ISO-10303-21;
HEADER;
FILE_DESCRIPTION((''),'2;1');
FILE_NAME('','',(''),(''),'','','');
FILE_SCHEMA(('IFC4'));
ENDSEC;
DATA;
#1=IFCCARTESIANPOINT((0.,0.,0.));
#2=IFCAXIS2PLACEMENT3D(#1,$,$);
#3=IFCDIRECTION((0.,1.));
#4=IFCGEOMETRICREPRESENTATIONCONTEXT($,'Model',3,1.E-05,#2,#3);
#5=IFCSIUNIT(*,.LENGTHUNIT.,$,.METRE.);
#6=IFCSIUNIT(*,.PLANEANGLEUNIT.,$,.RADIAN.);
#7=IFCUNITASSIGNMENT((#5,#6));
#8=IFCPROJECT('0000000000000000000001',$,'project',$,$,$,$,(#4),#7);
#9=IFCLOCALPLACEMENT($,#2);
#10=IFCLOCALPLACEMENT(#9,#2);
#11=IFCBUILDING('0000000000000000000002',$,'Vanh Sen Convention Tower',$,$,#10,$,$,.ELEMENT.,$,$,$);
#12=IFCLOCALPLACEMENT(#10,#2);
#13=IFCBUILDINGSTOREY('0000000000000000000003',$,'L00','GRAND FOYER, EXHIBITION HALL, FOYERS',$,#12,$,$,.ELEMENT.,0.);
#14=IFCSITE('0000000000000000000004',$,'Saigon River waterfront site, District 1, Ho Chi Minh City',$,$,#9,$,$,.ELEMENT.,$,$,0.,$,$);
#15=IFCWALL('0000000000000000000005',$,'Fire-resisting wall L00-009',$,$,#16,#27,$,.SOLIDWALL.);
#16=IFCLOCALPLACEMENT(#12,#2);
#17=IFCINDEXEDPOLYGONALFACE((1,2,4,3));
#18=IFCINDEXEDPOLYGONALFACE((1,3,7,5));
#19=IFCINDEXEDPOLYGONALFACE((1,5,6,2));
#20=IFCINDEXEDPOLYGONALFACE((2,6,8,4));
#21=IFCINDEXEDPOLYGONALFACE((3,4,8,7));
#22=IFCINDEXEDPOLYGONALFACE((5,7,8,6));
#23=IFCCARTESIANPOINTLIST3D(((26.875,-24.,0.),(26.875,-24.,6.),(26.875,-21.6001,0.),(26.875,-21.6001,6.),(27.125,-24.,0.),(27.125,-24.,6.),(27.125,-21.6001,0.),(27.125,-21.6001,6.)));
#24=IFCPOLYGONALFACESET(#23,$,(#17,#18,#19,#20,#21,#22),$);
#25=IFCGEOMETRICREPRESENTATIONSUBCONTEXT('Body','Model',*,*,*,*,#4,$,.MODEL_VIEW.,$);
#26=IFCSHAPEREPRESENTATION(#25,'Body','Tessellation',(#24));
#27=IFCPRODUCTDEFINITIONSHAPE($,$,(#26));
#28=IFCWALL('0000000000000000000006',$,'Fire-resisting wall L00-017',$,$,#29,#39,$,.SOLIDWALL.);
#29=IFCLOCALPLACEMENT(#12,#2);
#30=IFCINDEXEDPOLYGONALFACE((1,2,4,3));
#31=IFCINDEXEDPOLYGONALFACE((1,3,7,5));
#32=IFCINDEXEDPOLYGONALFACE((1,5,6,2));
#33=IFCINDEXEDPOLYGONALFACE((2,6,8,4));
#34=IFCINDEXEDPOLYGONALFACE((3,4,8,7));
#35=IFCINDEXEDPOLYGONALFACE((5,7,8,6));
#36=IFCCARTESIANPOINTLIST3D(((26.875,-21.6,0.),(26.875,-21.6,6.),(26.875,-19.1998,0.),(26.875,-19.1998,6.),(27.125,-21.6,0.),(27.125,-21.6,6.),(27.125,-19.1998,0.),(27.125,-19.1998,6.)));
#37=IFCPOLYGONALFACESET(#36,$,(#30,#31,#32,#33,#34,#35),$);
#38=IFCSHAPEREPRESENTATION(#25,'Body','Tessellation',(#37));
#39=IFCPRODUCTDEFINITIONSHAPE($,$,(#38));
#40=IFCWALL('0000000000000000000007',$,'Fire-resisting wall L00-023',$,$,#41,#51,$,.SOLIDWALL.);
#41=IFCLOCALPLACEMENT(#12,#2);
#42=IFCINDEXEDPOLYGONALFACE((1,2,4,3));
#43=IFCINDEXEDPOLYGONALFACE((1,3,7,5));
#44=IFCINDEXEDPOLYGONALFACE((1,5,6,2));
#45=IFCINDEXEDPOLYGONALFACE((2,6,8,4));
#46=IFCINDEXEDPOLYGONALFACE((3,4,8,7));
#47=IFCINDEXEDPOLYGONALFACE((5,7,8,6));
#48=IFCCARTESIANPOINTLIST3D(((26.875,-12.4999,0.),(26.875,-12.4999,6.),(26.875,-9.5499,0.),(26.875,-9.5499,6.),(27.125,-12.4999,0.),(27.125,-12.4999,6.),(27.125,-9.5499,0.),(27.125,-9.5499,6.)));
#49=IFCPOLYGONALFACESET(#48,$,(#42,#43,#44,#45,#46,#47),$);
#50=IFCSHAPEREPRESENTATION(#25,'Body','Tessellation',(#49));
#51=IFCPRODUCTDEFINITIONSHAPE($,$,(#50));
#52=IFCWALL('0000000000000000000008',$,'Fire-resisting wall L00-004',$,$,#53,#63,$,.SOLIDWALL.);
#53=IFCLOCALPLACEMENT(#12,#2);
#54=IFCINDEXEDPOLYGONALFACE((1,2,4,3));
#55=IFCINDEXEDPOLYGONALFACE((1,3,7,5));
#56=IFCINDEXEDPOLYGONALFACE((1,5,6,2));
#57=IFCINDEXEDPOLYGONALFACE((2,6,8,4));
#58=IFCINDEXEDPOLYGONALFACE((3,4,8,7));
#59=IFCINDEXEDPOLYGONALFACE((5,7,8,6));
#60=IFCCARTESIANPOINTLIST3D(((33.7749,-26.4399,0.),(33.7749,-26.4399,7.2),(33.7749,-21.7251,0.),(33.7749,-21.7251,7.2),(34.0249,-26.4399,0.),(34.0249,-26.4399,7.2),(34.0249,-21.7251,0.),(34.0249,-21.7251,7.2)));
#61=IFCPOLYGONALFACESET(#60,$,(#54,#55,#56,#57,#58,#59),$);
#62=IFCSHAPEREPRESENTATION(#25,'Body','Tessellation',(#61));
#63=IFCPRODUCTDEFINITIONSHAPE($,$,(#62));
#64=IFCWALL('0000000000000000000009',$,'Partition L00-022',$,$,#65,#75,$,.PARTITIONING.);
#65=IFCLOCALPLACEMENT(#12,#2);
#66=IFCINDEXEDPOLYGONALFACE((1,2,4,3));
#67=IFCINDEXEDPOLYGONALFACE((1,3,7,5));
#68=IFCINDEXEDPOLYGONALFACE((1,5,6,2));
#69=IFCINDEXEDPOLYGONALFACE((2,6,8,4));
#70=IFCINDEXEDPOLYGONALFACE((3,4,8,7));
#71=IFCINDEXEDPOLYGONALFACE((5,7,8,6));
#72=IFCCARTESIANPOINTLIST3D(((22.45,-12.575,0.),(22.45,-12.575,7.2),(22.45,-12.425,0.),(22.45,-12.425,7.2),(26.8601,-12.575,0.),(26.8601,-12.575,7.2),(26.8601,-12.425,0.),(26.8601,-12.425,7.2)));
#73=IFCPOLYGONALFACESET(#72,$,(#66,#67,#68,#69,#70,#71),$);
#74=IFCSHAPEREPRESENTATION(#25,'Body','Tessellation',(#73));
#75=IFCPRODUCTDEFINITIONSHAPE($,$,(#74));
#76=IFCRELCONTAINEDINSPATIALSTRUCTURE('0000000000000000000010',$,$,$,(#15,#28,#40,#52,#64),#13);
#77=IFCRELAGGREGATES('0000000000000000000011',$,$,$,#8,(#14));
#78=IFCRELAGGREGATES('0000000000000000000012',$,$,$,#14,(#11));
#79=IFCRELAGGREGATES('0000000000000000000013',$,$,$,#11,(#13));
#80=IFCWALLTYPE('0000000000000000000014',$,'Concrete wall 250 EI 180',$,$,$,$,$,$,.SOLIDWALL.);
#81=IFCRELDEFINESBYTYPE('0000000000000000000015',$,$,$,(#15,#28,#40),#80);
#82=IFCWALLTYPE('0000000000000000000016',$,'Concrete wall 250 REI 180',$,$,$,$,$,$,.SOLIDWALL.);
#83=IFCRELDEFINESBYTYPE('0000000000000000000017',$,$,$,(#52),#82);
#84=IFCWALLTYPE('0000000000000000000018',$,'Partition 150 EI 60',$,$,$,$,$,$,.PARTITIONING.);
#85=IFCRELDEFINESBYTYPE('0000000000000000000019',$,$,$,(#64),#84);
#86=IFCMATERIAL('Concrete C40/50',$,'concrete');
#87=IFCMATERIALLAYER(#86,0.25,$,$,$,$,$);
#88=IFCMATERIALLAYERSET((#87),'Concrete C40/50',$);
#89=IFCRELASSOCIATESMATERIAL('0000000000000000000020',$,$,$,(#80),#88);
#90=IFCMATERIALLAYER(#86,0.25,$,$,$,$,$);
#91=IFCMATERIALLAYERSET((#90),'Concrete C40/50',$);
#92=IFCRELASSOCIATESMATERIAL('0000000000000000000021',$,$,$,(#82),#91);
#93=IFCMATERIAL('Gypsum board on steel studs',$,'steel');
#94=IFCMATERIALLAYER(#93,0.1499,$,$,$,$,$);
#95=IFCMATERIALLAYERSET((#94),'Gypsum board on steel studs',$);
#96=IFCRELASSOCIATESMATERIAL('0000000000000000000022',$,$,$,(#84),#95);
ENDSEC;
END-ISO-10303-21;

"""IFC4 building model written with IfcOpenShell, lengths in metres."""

from ifc_helpers import new_model, si_unit, direction, frame, frame_2d, origin, place, context, subcontext, project, spatial, rectangle, extrude, material, layer, layer_set, type_object, element, save


model = new_model("IFC4")

# Units and contexts
model_context = context("Model", 3, precision=1e-05, world=origin(), true_north=direction((0.0, 1.0)))
body_context = subcontext(model_context, "Body", "Model", "MODEL_VIEW")
ifc_project = project(units=[si_unit("LENGTHUNIT", "METRE"), si_unit("PLANEANGLEUNIT", "RADIAN")], contexts=[model_context])

# Site, building, storey
site_placement = place(None, origin())
site = spatial("IfcSite", under=ifc_project, at=site_placement, Name="Saigon River waterfront site, District 1, Ho Chi Minh City", CompositionType="ELEMENT", RefElevation=0.0)
building_placement = place(site_placement, origin())
building = spatial("IfcBuilding", under=site, at=building_placement, Name="Vanh Sen Convention Tower", CompositionType="ELEMENT")
storey_placement = place(building_placement, origin())
storey = spatial("IfcBuildingStorey", under=building, at=storey_placement, Name="L00", Description="GRAND FOYER, EXHIBITION HALL, FOYERS", CompositionType="ELEMENT", Elevation=0.0)

# Shared definitions
ifc_material_1 = material(Name="Concrete C40/50", Category="concrete")

# Walls
ifc_layer_1 = layer(ifc_material_1, 0.25)
ifc_layer_set_1 = layer_set([ifc_layer_1], Name="Concrete C40/50")
wall_type_1 = type_object("IfcWallType", Name="Concrete wall 250 EI 180", PredefinedType="SOLIDWALL", material=ifc_layer_set_1)
wall_1_placement = place(storey_placement, frame((27.0, -24.0, 0.0), z_axis=(0.0, 0.0, 1.0), x_axis=(0.0, 1.0, 0.0)))
element("IfcWall", 1, at=wall_1_placement, inside=storey, type_object=wall_type_1, Name="Fire-resisting wall L00-009", PredefinedType="SOLIDWALL", context=body_context, shape_type="SweptSolid", body=[
    extrude(rectangle(XDim=2.3999, YDim=0.25, at=frame_2d((1.2, 0.0))), origin(), (0.0, 0.0, 1.0), 6.0),
])
wall_2_placement = place(storey_placement, frame((27.0, -21.6001, 0.0), z_axis=(0.0, 0.0, 1.0), x_axis=(0.0, 1.0, 0.0)))
element("IfcWall", 2, at=wall_2_placement, inside=storey, type_object=wall_type_1, Name="Fire-resisting wall L00-017", PredefinedType="SOLIDWALL", context=body_context, shape_type="SweptSolid", body=[
    extrude(rectangle(XDim=2.4001, YDim=0.25, at=frame_2d((1.2002, 0.0))), origin(), (0.0, 0.0, 1.0), 6.0),
])

# Walls
wall_3_placement = place(storey_placement, frame((27.0, -12.5, 0.0), z_axis=(0.0, 0.0, 1.0), x_axis=(0.0, 1.0, 0.0)))
element("IfcWall", 3, at=wall_3_placement, inside=storey, type_object=wall_type_1, Name="Fire-resisting wall L00-023", PredefinedType="SOLIDWALL", context=body_context, shape_type="SweptSolid", body=[
    extrude(rectangle(XDim=2.95, YDim=0.25, at=frame_2d((1.4751, 0.0))), origin(), (0.0, 0.0, 1.0), 6.0),
])
ifc_layer_2 = layer(ifc_material_1, 0.25)
ifc_layer_set_2 = layer_set([ifc_layer_2], Name="Concrete C40/50")
wall_type_2 = type_object("IfcWallType", Name="Concrete wall 250 REI 180", PredefinedType="SOLIDWALL", material=ifc_layer_set_2)
wall_4_placement = place(storey_placement, frame((33.8999, -26.4399, 0.0), z_axis=(0.0, 0.0, 1.0), x_axis=(0.0, 1.0, 0.0)))
element("IfcWall", 4, at=wall_4_placement, inside=storey, type_object=wall_type_2, Name="Fire-resisting wall L00-004", PredefinedType="SOLIDWALL", context=body_context, shape_type="SweptSolid", body=[
    extrude(rectangle(XDim=4.7148, YDim=0.25, at=frame_2d((2.3574, 0.0))), origin(), (0.0, 0.0, 1.0), 7.2),
])
ifc_material_2 = material(Name="Gypsum board on steel studs", Category="steel")
ifc_layer_3 = layer(ifc_material_2, 0.1499)
ifc_layer_set_3 = layer_set([ifc_layer_3], Name="Gypsum board on steel studs")
wall_type_3 = type_object("IfcWallType", Name="Partition 150 EI 60", PredefinedType="PARTITIONING", material=ifc_layer_set_3)
wall_5_placement = place(storey_placement, frame((26.8601, -12.5, 0.0), z_axis=(0.0, 0.0, 1.0), x_axis=(-1.0, 0.0, 0.0)))
element("IfcWall", 5, at=wall_5_placement, inside=storey, type_object=wall_type_3, Name="Partition L00-022", PredefinedType="PARTITIONING", context=body_context, shape_type="SweptSolid", body=[
    extrude(rectangle(XDim=4.4102, YDim=0.1499, at=frame_2d((2.2051, 0.0))), origin(), (0.0, 0.0, 1.0), 7.2),
])

save(model, "model.ifc")
